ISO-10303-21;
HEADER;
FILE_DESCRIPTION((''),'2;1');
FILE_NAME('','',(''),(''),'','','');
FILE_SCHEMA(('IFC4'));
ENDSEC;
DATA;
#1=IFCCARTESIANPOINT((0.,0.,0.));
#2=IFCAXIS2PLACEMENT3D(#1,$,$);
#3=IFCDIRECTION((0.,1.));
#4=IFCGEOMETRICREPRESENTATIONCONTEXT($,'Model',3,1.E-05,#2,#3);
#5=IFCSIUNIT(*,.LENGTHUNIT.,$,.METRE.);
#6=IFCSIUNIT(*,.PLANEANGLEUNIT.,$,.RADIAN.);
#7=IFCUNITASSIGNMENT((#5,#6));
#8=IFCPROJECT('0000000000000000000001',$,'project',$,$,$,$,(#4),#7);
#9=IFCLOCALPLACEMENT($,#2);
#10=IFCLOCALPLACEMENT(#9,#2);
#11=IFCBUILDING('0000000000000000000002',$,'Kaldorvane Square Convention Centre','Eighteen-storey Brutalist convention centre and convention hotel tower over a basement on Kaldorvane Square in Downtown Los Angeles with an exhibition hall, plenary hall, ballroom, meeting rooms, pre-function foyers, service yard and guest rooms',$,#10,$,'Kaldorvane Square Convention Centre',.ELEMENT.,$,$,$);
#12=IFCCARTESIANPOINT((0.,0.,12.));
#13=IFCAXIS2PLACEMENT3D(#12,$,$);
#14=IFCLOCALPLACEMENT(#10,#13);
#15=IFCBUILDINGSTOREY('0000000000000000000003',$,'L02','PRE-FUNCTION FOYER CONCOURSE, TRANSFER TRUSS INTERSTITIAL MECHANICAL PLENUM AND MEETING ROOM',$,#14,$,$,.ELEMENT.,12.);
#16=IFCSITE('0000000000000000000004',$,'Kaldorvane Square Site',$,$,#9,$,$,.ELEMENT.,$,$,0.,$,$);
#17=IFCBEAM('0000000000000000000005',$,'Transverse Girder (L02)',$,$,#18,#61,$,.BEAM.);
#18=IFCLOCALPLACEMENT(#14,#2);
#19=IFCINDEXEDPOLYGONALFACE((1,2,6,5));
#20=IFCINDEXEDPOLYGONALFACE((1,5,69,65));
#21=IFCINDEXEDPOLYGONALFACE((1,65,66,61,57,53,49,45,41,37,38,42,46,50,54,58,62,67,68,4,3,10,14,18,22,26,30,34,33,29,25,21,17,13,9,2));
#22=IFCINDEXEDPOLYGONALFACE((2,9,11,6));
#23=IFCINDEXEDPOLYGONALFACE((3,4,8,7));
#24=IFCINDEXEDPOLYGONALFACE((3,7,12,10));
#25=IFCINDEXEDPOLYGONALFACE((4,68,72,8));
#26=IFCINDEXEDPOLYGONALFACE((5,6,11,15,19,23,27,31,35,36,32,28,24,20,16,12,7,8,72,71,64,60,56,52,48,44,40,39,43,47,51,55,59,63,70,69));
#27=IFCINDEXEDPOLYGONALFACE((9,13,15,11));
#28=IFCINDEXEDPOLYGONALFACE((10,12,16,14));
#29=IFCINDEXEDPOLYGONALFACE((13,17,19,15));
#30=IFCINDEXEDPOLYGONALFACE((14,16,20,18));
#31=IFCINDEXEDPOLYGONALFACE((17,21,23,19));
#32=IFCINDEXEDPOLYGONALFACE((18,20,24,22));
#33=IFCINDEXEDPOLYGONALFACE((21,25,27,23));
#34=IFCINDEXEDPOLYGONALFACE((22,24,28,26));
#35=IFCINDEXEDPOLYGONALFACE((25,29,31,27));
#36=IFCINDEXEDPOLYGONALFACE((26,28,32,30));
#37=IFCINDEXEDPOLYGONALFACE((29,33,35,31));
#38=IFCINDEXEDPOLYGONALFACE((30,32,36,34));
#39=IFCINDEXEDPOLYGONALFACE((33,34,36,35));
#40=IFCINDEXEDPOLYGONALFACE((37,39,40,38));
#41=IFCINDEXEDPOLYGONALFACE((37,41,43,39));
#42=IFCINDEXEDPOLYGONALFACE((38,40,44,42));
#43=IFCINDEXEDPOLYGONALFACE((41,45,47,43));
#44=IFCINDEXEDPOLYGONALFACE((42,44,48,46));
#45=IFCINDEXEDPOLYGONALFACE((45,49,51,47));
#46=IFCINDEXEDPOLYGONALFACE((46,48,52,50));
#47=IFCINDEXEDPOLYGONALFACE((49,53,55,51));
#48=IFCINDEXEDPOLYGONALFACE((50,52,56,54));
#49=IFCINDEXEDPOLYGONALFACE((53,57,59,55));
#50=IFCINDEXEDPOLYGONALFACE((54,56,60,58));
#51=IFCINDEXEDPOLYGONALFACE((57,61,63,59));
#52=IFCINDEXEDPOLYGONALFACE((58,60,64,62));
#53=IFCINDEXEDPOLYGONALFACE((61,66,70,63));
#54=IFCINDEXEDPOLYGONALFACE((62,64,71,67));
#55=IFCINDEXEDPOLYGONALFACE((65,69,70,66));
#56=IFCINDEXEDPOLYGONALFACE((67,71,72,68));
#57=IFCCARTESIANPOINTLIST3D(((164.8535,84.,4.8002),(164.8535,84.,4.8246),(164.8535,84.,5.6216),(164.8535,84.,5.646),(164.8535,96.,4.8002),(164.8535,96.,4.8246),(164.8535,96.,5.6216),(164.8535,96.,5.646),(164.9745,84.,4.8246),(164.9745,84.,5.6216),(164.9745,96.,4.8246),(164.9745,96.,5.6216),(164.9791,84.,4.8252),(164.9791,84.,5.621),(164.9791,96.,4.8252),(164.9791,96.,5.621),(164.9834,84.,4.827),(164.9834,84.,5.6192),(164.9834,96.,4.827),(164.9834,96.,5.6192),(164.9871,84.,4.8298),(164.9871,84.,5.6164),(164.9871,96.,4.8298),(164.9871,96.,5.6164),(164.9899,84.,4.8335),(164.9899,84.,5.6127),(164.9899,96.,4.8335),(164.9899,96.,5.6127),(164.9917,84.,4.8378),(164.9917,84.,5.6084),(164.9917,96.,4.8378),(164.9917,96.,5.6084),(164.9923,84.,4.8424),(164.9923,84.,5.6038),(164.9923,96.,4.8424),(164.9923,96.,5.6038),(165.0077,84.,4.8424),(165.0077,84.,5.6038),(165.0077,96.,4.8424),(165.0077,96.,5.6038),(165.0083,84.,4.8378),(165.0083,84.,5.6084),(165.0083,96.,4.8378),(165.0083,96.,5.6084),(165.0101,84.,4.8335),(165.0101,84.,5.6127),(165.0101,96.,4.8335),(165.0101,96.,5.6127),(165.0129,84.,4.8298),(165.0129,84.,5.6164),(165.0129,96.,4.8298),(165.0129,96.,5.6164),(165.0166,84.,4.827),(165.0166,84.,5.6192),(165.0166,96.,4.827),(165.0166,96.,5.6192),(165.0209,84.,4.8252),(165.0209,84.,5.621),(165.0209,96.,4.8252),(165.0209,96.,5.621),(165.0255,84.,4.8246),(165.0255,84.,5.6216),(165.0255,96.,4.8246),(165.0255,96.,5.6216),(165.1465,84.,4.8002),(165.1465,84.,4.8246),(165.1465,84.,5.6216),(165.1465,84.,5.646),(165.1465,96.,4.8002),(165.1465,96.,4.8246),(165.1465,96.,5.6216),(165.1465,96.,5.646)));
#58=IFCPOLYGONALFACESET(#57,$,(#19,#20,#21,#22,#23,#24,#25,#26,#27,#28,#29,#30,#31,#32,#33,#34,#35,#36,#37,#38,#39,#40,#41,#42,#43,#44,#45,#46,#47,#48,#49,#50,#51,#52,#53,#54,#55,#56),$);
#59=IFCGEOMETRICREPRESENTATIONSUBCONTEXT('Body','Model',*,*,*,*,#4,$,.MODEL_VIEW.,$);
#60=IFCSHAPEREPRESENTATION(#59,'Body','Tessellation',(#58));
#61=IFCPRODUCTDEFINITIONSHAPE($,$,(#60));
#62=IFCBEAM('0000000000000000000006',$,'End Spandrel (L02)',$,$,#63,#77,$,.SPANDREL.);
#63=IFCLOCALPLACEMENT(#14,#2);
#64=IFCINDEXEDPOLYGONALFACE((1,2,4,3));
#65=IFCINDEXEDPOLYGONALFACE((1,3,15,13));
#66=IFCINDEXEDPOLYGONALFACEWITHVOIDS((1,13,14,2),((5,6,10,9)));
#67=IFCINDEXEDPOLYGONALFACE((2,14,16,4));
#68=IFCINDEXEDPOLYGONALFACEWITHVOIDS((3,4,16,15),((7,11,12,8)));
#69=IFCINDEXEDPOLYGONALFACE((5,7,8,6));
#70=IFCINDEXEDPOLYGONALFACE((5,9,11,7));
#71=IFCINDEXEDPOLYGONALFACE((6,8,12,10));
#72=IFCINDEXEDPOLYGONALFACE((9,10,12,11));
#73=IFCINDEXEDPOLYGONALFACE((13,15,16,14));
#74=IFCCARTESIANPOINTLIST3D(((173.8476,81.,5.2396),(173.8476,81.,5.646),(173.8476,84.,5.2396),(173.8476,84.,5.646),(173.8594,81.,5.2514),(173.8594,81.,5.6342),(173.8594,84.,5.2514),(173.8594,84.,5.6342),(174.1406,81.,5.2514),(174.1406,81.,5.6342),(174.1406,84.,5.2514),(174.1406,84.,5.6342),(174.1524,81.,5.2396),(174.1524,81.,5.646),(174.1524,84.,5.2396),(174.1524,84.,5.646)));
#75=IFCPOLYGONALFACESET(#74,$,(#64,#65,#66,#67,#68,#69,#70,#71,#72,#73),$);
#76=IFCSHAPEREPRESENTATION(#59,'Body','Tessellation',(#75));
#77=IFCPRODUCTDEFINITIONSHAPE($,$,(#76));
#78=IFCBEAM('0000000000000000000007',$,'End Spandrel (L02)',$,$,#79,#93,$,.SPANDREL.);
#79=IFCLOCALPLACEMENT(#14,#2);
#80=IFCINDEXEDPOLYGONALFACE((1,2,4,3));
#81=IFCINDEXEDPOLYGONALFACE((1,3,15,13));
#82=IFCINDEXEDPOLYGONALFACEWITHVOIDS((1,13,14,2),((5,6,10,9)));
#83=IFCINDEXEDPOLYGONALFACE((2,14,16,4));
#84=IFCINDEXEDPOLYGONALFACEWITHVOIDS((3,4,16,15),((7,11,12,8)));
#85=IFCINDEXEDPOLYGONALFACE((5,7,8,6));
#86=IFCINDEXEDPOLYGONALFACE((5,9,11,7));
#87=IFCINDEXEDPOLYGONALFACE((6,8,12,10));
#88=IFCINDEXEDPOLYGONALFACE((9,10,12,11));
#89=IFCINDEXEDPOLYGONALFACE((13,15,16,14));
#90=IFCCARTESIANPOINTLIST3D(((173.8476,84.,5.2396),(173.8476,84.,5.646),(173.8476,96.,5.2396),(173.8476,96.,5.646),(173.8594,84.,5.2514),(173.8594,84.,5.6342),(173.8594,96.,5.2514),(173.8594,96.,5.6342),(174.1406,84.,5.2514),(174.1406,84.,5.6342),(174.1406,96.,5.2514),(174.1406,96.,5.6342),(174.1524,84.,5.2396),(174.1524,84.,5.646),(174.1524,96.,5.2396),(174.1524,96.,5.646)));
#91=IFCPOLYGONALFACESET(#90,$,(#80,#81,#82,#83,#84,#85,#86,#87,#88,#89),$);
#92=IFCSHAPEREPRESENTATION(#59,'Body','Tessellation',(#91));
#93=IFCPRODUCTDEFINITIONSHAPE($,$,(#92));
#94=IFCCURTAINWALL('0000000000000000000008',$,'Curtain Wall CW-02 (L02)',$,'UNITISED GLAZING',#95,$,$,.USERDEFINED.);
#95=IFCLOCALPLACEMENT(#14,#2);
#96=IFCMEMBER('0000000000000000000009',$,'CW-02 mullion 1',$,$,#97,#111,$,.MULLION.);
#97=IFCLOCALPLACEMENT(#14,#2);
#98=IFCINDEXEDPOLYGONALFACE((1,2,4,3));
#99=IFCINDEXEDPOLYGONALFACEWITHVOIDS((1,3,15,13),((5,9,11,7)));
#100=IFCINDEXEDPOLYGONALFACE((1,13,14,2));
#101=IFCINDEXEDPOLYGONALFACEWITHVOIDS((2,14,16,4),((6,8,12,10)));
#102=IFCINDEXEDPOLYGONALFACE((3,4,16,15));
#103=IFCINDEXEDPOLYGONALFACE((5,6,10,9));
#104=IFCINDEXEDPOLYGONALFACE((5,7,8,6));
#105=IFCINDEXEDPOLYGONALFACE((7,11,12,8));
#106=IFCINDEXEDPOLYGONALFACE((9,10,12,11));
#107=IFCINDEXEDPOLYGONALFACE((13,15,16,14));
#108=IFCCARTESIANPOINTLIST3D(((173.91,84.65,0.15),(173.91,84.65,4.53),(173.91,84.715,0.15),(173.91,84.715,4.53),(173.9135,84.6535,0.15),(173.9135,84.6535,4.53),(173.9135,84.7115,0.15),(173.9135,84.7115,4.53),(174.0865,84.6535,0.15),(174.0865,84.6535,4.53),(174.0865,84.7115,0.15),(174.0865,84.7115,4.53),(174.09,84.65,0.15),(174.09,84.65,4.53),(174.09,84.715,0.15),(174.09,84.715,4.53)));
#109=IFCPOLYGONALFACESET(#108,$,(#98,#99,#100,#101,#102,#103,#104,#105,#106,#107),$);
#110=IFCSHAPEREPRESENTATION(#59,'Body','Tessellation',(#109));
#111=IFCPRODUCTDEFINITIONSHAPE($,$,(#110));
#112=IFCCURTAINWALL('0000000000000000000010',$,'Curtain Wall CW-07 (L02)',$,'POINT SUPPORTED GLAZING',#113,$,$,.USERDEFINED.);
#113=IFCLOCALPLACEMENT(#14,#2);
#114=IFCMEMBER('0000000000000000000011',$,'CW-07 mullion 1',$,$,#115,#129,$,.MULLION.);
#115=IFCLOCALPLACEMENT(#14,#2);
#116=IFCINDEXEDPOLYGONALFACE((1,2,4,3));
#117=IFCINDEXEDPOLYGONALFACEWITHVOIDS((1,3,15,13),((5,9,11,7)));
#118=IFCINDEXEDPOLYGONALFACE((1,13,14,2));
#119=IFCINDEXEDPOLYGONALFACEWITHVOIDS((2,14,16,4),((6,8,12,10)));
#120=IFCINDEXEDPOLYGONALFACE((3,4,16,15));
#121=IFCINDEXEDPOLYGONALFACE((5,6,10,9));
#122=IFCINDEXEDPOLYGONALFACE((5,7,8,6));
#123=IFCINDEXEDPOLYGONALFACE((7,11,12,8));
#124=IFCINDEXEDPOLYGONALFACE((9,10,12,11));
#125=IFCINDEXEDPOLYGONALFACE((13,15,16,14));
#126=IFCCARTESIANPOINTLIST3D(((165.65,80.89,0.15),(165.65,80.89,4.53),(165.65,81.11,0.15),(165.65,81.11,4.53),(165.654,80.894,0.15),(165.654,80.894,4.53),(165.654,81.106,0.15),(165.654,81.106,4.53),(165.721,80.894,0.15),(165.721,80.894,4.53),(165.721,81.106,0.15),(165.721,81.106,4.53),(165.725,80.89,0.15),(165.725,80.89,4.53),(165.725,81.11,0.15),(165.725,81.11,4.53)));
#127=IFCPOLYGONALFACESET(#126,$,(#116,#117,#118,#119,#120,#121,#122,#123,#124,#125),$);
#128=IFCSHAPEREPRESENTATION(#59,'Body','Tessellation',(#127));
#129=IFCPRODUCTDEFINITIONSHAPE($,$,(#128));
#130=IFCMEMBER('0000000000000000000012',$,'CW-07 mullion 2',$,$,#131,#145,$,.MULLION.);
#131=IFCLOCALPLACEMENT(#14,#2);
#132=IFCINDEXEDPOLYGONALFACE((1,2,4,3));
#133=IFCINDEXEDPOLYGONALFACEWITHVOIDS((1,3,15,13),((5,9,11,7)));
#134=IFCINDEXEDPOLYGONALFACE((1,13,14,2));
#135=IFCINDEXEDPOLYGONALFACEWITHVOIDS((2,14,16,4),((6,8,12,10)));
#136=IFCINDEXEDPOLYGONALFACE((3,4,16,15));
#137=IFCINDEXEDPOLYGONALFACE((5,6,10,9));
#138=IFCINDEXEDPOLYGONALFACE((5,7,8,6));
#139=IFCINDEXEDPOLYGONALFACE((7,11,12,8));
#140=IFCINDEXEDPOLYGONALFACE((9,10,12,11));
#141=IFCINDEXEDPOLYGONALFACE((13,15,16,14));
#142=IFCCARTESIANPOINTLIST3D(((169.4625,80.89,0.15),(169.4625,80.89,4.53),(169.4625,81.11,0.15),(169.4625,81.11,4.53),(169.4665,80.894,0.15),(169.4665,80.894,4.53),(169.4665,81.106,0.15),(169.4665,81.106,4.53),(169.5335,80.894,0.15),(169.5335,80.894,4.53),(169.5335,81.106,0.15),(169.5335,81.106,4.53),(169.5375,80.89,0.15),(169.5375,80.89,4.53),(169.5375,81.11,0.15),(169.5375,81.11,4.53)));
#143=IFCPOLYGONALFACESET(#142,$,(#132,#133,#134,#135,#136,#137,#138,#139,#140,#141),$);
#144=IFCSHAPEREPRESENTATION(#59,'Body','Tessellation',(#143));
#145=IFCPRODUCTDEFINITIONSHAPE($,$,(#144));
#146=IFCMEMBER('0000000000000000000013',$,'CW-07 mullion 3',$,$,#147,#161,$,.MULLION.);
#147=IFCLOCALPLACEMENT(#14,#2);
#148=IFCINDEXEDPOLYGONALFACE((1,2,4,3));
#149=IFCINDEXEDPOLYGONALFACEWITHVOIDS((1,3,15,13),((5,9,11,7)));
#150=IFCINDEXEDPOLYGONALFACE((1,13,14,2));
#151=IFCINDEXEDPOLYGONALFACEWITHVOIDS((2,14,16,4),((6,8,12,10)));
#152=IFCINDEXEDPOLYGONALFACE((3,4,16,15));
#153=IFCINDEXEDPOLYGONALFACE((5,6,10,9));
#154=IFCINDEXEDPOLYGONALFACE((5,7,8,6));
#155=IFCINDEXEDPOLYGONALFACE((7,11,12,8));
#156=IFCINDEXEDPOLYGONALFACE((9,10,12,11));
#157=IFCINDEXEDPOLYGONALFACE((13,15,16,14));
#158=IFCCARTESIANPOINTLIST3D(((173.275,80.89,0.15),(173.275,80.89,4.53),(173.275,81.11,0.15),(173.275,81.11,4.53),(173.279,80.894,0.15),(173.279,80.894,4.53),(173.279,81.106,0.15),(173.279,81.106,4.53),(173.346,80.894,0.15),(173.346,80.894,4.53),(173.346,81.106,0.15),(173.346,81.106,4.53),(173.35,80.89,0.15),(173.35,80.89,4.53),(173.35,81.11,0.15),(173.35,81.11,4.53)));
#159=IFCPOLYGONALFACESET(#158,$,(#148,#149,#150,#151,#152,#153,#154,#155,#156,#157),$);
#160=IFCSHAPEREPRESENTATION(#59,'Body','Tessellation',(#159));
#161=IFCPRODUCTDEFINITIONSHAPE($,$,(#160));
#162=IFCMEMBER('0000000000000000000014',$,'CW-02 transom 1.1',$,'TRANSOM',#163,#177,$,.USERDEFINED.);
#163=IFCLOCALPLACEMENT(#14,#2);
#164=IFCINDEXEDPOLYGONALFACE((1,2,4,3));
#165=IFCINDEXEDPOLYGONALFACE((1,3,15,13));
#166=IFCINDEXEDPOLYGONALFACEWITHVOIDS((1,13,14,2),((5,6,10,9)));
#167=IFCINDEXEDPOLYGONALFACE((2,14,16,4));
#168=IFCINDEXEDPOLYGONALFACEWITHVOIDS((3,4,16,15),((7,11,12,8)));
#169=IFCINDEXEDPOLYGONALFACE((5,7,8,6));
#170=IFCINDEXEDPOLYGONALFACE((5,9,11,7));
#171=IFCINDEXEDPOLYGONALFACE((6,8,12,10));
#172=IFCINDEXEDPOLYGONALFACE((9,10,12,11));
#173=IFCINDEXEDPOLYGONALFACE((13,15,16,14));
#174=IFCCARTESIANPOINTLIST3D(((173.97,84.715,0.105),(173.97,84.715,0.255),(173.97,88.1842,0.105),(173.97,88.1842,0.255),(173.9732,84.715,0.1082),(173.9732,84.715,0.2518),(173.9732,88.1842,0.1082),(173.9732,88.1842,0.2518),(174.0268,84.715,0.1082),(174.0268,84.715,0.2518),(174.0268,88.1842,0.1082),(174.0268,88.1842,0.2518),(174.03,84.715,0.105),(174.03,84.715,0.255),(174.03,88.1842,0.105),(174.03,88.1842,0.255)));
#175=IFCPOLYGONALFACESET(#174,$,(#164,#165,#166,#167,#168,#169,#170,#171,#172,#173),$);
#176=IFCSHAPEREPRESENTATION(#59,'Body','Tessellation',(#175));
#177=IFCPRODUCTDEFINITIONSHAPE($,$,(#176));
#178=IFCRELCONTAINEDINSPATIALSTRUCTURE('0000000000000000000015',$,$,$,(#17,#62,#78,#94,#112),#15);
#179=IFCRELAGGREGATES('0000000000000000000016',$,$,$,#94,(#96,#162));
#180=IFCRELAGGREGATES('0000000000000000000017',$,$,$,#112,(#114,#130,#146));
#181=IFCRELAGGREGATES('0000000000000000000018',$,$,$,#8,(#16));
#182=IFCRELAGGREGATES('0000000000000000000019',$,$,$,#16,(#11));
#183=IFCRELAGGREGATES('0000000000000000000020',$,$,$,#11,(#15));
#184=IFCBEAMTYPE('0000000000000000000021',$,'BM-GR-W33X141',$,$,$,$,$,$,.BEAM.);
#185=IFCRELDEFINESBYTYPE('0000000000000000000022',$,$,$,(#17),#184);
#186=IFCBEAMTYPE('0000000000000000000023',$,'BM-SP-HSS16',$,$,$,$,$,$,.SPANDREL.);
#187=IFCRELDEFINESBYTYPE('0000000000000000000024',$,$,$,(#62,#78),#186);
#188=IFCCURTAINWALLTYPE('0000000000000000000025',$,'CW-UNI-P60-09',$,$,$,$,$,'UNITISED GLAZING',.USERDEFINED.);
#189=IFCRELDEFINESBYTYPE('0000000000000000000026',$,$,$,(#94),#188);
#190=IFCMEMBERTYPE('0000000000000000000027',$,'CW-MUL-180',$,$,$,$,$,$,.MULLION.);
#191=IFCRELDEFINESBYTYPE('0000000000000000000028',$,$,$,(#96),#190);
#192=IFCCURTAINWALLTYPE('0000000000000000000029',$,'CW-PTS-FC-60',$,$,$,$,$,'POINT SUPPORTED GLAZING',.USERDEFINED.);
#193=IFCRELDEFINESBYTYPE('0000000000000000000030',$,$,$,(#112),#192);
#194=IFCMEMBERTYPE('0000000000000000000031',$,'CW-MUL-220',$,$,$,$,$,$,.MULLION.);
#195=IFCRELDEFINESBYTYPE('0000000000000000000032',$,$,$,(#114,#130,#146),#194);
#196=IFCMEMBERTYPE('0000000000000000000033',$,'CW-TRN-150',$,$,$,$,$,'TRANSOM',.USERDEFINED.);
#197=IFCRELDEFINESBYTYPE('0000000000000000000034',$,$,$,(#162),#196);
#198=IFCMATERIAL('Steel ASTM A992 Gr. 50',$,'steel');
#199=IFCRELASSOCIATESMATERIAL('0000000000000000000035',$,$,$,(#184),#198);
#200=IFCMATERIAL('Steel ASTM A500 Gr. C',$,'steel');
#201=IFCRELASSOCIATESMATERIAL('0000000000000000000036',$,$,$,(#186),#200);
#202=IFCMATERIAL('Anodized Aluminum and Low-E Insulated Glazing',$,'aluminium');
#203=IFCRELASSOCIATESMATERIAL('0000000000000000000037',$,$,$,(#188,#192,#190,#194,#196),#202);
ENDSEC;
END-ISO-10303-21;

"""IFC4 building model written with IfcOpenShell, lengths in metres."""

from ifc_helpers import new_model, si_unit, direction, frame, origin, origin_2d, place, context, subcontext, project, spatial, hollow_rectangle, i_section, extrude, material, material_profile, profile_set, type_object, element, aggregate, save


model = new_model("IFC4")

# Units and contexts
model_context = context("Model", 3, precision=1e-05, world=origin(), true_north=direction((0.0, 1.0)))
body_context = subcontext(model_context, "Body", "Model", "MODEL_VIEW")
ifc_project = project(units=[si_unit("LENGTHUNIT", "METRE"), si_unit("PLANEANGLEUNIT", "RADIAN")], contexts=[model_context])

# Site, building, storey
site_placement = place(None, origin())
site = spatial("IfcSite", under=ifc_project, at=site_placement, Name="Kaldorvane Square Site", CompositionType="ELEMENT", RefElevation=0.0)
building_placement = place(site_placement, origin())
building = spatial("IfcBuilding", under=site, at=building_placement, Name="Kaldorvane Square Convention Centre", Description="Eighteen-storey Brutalist convention centre and convention hotel tower over a basement on Kaldorvane Square in Downtown Los Angeles with an exhibition hall, plenary hall, ballroom, meeting rooms, pre-function foyers, service yard and guest rooms", LongName="Kaldorvane Square Convention Centre", CompositionType="ELEMENT")
storey_placement = place(building_placement, frame((0.0, 0.0, 12.0)))
storey = spatial("IfcBuildingStorey", under=building, at=storey_placement, Name="L02", Description="PRE-FUNCTION FOYER CONCOURSE, TRANSFER TRUSS INTERSTITIAL MECHANICAL PLENUM AND MEETING ROOM", CompositionType="ELEMENT", Elevation=12.0)

# Shared definitions
ifc_material_1 = material(Name="Steel ASTM A992 Gr. 50", Category="steel")

# Beams
ifc_material_profile_1 = material_profile(ifc_material_1, i_section(OverallWidth=0.293, OverallDepth=0.8458, WebThickness=0.0154, FlangeThickness=0.0244, FilletRadius=0.0178, at=origin_2d()), Name="W33X141")
ifc_profile_set_1 = profile_set([ifc_material_profile_1], Name="Steel ASTM A992 Gr. 50")
beam_type_1 = type_object("IfcBeamType", Name="BM-GR-W33X141", PredefinedType="BEAM", material=ifc_profile_set_1)
beam_1_placement = place(storey_placement, frame((165.0, 84.0, 5.2231), z_axis=(0.0, 1.0, 0.0), x_axis=(-1.0, 0.0, 0.0)))
element("IfcBeam", 1, at=beam_1_placement, inside=storey, type_object=beam_type_1, Name="Transverse Girder (L02)", PredefinedType="BEAM", context=body_context, shape_type="SweptSolid", body=[
    extrude(i_section(OverallWidth=0.293, OverallDepth=0.8458, WebThickness=0.0154, FlangeThickness=0.0244, FilletRadius=0.0178, at=origin_2d()), origin(), (0.0, 0.0, 1.0), 12.0),
])
ifc_material_2 = material(Name="Steel ASTM A500 Gr. C", Category="steel")
ifc_material_profile_2 = material_profile(ifc_material_2, hollow_rectangle(XDim=0.3048, YDim=0.4064, WallThickness=0.0118, at=origin_2d()), Name="HSS16X12X1/2")
ifc_profile_set_2 = profile_set([ifc_material_profile_2], Name="Steel ASTM A500 Gr. C")
beam_type_2 = type_object("IfcBeamType", Name="BM-SP-HSS16", PredefinedType="SPANDREL", material=ifc_profile_set_2)
beam_2_placement = place(storey_placement, frame((174.0, 81.0, 5.4428), z_axis=(0.0, 1.0, 0.0), x_axis=(-1.0, 0.0, 0.0)))
element("IfcBeam", 2, at=beam_2_placement, inside=storey, type_object=beam_type_2, Name="End Spandrel (L02)", PredefinedType="SPANDREL", context=body_context, shape_type="SweptSolid", body=[
    extrude(hollow_rectangle(XDim=0.3048, YDim=0.4064, WallThickness=0.0118, at=origin_2d()), origin(), (0.0, 0.0, 1.0), 3.0),
])
beam_3_placement = place(storey_placement, frame((174.0, 84.0, 5.4428), z_axis=(0.0, 1.0, 0.0), x_axis=(-1.0, 0.0, 0.0)))
element("IfcBeam", 3, at=beam_3_placement, inside=storey, type_object=beam_type_2, Name="End Spandrel (L02)", PredefinedType="SPANDREL", context=body_context, shape_type="SweptSolid", body=[
    extrude(hollow_rectangle(XDim=0.3048, YDim=0.4064, WallThickness=0.0118, at=origin_2d()), origin(), (0.0, 0.0, 1.0), 12.0),
])

# Curtain wall, member
ifc_material_3 = material(Name="Anodized Aluminum and Low-E Insulated Glazing", Category="aluminium")
curtain_wall_type_1 = type_object("IfcCurtainWallType", Name="CW-UNI-P60-09", ElementType="UNITISED GLAZING", PredefinedType="USERDEFINED", material=ifc_material_3)
curtain_wall_1_placement = place(storey_placement, origin())
curtain_wall_1 = element("IfcCurtainWall", 4, at=curtain_wall_1_placement, inside=storey, type_object=curtain_wall_type_1, Name="Curtain Wall CW-02 (L02)", ObjectType="UNITISED GLAZING", PredefinedType="USERDEFINED")
ifc_material_profile_3 = material_profile(ifc_material_3, hollow_rectangle(XDim=0.065, YDim=0.18, WallThickness=0.0035, at=origin_2d()), Name="CWM-180X65")
ifc_profile_set_3 = profile_set([ifc_material_profile_3], Name="Anodized Aluminum and Low-E Insulated Glazing")
member_type_1 = type_object("IfcMemberType", Name="CW-MUL-180", PredefinedType="MULLION", material=ifc_profile_set_3)
member_1_placement = place(storey_placement, frame((174.0, 84.6825, 0.15), z_axis=(0.0, 0.0, 1.0), x_axis=(0.0, 1.0, 0.0)))
member_1 = element("IfcMember", 5, at=member_1_placement, type_object=member_type_1, Name="CW-02 mullion 1", PredefinedType="MULLION", context=body_context, shape_type="SweptSolid", body=[
    extrude(hollow_rectangle(XDim=0.065, YDim=0.18, WallThickness=0.0035, at=origin_2d()), origin(), (0.0, 0.0, 1.0), 4.38),
])

# Curtain wall, members
curtain_wall_type_2 = type_object("IfcCurtainWallType", Name="CW-PTS-FC-60", ElementType="POINT SUPPORTED GLAZING", PredefinedType="USERDEFINED", material=ifc_material_3)
curtain_wall_2_placement = place(storey_placement, origin())
curtain_wall_2 = element("IfcCurtainWall", 6, at=curtain_wall_2_placement, inside=storey, type_object=curtain_wall_type_2, Name="Curtain Wall CW-07 (L02)", ObjectType="POINT SUPPORTED GLAZING", PredefinedType="USERDEFINED")
ifc_material_profile_4 = material_profile(ifc_material_3, hollow_rectangle(XDim=0.075, YDim=0.22, WallThickness=0.004, at=origin_2d()), Name="CWM-220X75")
ifc_profile_set_4 = profile_set([ifc_material_profile_4], Name="Anodized Aluminum and Low-E Insulated Glazing")
member_type_2 = type_object("IfcMemberType", Name="CW-MUL-220", PredefinedType="MULLION", material=ifc_profile_set_4)
member_2_placement = place(storey_placement, frame((165.6875, 81.0, 0.15), z_axis=(0.0, 0.0, 1.0), x_axis=(1.0, 0.0, 0.0)))
member_2 = element("IfcMember", 7, at=member_2_placement, type_object=member_type_2, Name="CW-07 mullion 1", PredefinedType="MULLION", context=body_context, shape_type="SweptSolid", body=[
    extrude(hollow_rectangle(XDim=0.075, YDim=0.22, WallThickness=0.004, at=origin_2d()), origin(), (0.0, 0.0, 1.0), 4.38),
])
member_3_placement = place(storey_placement, frame((169.5, 81.0, 0.15), z_axis=(0.0, 0.0, 1.0), x_axis=(1.0, 0.0, 0.0)))
member_3 = element("IfcMember", 8, at=member_3_placement, type_object=member_type_2, Name="CW-07 mullion 2", PredefinedType="MULLION", context=body_context, shape_type="SweptSolid", body=[
    extrude(hollow_rectangle(XDim=0.075, YDim=0.22, WallThickness=0.004, at=origin_2d()), origin(), (0.0, 0.0, 1.0), 4.38),
])
member_4_placement = place(storey_placement, frame((173.3125, 81.0, 0.15), z_axis=(0.0, 0.0, 1.0), x_axis=(1.0, 0.0, 0.0)))
member_4 = element("IfcMember", 9, at=member_4_placement, type_object=member_type_2, Name="CW-07 mullion 3", PredefinedType="MULLION", context=body_context, shape_type="SweptSolid", body=[
    extrude(hollow_rectangle(XDim=0.075, YDim=0.22, WallThickness=0.004, at=origin_2d()), origin(), (0.0, 0.0, 1.0), 4.38),
])

# Member
ifc_material_profile_5 = material_profile(ifc_material_3, hollow_rectangle(XDim=0.06, YDim=0.15, WallThickness=0.0032, at=origin_2d()), Name="CWT-150X60")
ifc_profile_set_5 = profile_set([ifc_material_profile_5], Name="Anodized Aluminum and Low-E Insulated Glazing")
member_type_3 = type_object("IfcMemberType", Name="CW-TRN-150", ElementType="TRANSOM", PredefinedType="USERDEFINED", material=ifc_profile_set_5)
member_5_placement = place(storey_placement, frame((174.0, 84.715, 0.18), z_axis=(0.0, 1.0, 0.0), x_axis=(-1.0, 0.0, 0.0)))
member_5 = element("IfcMember", 10, at=member_5_placement, type_object=member_type_3, Name="CW-02 transom 1.1", ObjectType="TRANSOM", PredefinedType="USERDEFINED", context=body_context, shape_type="SweptSolid", body=[
    extrude(hollow_rectangle(XDim=0.06, YDim=0.15, WallThickness=0.0032, at=origin_2d()), origin(), (0.0, 0.0, 1.0), 3.4692),
])

aggregate(curtain_wall_1, [member_1, member_5])
aggregate(curtain_wall_2, [member_2, member_3, member_4])

save(model, "model.ifc")
